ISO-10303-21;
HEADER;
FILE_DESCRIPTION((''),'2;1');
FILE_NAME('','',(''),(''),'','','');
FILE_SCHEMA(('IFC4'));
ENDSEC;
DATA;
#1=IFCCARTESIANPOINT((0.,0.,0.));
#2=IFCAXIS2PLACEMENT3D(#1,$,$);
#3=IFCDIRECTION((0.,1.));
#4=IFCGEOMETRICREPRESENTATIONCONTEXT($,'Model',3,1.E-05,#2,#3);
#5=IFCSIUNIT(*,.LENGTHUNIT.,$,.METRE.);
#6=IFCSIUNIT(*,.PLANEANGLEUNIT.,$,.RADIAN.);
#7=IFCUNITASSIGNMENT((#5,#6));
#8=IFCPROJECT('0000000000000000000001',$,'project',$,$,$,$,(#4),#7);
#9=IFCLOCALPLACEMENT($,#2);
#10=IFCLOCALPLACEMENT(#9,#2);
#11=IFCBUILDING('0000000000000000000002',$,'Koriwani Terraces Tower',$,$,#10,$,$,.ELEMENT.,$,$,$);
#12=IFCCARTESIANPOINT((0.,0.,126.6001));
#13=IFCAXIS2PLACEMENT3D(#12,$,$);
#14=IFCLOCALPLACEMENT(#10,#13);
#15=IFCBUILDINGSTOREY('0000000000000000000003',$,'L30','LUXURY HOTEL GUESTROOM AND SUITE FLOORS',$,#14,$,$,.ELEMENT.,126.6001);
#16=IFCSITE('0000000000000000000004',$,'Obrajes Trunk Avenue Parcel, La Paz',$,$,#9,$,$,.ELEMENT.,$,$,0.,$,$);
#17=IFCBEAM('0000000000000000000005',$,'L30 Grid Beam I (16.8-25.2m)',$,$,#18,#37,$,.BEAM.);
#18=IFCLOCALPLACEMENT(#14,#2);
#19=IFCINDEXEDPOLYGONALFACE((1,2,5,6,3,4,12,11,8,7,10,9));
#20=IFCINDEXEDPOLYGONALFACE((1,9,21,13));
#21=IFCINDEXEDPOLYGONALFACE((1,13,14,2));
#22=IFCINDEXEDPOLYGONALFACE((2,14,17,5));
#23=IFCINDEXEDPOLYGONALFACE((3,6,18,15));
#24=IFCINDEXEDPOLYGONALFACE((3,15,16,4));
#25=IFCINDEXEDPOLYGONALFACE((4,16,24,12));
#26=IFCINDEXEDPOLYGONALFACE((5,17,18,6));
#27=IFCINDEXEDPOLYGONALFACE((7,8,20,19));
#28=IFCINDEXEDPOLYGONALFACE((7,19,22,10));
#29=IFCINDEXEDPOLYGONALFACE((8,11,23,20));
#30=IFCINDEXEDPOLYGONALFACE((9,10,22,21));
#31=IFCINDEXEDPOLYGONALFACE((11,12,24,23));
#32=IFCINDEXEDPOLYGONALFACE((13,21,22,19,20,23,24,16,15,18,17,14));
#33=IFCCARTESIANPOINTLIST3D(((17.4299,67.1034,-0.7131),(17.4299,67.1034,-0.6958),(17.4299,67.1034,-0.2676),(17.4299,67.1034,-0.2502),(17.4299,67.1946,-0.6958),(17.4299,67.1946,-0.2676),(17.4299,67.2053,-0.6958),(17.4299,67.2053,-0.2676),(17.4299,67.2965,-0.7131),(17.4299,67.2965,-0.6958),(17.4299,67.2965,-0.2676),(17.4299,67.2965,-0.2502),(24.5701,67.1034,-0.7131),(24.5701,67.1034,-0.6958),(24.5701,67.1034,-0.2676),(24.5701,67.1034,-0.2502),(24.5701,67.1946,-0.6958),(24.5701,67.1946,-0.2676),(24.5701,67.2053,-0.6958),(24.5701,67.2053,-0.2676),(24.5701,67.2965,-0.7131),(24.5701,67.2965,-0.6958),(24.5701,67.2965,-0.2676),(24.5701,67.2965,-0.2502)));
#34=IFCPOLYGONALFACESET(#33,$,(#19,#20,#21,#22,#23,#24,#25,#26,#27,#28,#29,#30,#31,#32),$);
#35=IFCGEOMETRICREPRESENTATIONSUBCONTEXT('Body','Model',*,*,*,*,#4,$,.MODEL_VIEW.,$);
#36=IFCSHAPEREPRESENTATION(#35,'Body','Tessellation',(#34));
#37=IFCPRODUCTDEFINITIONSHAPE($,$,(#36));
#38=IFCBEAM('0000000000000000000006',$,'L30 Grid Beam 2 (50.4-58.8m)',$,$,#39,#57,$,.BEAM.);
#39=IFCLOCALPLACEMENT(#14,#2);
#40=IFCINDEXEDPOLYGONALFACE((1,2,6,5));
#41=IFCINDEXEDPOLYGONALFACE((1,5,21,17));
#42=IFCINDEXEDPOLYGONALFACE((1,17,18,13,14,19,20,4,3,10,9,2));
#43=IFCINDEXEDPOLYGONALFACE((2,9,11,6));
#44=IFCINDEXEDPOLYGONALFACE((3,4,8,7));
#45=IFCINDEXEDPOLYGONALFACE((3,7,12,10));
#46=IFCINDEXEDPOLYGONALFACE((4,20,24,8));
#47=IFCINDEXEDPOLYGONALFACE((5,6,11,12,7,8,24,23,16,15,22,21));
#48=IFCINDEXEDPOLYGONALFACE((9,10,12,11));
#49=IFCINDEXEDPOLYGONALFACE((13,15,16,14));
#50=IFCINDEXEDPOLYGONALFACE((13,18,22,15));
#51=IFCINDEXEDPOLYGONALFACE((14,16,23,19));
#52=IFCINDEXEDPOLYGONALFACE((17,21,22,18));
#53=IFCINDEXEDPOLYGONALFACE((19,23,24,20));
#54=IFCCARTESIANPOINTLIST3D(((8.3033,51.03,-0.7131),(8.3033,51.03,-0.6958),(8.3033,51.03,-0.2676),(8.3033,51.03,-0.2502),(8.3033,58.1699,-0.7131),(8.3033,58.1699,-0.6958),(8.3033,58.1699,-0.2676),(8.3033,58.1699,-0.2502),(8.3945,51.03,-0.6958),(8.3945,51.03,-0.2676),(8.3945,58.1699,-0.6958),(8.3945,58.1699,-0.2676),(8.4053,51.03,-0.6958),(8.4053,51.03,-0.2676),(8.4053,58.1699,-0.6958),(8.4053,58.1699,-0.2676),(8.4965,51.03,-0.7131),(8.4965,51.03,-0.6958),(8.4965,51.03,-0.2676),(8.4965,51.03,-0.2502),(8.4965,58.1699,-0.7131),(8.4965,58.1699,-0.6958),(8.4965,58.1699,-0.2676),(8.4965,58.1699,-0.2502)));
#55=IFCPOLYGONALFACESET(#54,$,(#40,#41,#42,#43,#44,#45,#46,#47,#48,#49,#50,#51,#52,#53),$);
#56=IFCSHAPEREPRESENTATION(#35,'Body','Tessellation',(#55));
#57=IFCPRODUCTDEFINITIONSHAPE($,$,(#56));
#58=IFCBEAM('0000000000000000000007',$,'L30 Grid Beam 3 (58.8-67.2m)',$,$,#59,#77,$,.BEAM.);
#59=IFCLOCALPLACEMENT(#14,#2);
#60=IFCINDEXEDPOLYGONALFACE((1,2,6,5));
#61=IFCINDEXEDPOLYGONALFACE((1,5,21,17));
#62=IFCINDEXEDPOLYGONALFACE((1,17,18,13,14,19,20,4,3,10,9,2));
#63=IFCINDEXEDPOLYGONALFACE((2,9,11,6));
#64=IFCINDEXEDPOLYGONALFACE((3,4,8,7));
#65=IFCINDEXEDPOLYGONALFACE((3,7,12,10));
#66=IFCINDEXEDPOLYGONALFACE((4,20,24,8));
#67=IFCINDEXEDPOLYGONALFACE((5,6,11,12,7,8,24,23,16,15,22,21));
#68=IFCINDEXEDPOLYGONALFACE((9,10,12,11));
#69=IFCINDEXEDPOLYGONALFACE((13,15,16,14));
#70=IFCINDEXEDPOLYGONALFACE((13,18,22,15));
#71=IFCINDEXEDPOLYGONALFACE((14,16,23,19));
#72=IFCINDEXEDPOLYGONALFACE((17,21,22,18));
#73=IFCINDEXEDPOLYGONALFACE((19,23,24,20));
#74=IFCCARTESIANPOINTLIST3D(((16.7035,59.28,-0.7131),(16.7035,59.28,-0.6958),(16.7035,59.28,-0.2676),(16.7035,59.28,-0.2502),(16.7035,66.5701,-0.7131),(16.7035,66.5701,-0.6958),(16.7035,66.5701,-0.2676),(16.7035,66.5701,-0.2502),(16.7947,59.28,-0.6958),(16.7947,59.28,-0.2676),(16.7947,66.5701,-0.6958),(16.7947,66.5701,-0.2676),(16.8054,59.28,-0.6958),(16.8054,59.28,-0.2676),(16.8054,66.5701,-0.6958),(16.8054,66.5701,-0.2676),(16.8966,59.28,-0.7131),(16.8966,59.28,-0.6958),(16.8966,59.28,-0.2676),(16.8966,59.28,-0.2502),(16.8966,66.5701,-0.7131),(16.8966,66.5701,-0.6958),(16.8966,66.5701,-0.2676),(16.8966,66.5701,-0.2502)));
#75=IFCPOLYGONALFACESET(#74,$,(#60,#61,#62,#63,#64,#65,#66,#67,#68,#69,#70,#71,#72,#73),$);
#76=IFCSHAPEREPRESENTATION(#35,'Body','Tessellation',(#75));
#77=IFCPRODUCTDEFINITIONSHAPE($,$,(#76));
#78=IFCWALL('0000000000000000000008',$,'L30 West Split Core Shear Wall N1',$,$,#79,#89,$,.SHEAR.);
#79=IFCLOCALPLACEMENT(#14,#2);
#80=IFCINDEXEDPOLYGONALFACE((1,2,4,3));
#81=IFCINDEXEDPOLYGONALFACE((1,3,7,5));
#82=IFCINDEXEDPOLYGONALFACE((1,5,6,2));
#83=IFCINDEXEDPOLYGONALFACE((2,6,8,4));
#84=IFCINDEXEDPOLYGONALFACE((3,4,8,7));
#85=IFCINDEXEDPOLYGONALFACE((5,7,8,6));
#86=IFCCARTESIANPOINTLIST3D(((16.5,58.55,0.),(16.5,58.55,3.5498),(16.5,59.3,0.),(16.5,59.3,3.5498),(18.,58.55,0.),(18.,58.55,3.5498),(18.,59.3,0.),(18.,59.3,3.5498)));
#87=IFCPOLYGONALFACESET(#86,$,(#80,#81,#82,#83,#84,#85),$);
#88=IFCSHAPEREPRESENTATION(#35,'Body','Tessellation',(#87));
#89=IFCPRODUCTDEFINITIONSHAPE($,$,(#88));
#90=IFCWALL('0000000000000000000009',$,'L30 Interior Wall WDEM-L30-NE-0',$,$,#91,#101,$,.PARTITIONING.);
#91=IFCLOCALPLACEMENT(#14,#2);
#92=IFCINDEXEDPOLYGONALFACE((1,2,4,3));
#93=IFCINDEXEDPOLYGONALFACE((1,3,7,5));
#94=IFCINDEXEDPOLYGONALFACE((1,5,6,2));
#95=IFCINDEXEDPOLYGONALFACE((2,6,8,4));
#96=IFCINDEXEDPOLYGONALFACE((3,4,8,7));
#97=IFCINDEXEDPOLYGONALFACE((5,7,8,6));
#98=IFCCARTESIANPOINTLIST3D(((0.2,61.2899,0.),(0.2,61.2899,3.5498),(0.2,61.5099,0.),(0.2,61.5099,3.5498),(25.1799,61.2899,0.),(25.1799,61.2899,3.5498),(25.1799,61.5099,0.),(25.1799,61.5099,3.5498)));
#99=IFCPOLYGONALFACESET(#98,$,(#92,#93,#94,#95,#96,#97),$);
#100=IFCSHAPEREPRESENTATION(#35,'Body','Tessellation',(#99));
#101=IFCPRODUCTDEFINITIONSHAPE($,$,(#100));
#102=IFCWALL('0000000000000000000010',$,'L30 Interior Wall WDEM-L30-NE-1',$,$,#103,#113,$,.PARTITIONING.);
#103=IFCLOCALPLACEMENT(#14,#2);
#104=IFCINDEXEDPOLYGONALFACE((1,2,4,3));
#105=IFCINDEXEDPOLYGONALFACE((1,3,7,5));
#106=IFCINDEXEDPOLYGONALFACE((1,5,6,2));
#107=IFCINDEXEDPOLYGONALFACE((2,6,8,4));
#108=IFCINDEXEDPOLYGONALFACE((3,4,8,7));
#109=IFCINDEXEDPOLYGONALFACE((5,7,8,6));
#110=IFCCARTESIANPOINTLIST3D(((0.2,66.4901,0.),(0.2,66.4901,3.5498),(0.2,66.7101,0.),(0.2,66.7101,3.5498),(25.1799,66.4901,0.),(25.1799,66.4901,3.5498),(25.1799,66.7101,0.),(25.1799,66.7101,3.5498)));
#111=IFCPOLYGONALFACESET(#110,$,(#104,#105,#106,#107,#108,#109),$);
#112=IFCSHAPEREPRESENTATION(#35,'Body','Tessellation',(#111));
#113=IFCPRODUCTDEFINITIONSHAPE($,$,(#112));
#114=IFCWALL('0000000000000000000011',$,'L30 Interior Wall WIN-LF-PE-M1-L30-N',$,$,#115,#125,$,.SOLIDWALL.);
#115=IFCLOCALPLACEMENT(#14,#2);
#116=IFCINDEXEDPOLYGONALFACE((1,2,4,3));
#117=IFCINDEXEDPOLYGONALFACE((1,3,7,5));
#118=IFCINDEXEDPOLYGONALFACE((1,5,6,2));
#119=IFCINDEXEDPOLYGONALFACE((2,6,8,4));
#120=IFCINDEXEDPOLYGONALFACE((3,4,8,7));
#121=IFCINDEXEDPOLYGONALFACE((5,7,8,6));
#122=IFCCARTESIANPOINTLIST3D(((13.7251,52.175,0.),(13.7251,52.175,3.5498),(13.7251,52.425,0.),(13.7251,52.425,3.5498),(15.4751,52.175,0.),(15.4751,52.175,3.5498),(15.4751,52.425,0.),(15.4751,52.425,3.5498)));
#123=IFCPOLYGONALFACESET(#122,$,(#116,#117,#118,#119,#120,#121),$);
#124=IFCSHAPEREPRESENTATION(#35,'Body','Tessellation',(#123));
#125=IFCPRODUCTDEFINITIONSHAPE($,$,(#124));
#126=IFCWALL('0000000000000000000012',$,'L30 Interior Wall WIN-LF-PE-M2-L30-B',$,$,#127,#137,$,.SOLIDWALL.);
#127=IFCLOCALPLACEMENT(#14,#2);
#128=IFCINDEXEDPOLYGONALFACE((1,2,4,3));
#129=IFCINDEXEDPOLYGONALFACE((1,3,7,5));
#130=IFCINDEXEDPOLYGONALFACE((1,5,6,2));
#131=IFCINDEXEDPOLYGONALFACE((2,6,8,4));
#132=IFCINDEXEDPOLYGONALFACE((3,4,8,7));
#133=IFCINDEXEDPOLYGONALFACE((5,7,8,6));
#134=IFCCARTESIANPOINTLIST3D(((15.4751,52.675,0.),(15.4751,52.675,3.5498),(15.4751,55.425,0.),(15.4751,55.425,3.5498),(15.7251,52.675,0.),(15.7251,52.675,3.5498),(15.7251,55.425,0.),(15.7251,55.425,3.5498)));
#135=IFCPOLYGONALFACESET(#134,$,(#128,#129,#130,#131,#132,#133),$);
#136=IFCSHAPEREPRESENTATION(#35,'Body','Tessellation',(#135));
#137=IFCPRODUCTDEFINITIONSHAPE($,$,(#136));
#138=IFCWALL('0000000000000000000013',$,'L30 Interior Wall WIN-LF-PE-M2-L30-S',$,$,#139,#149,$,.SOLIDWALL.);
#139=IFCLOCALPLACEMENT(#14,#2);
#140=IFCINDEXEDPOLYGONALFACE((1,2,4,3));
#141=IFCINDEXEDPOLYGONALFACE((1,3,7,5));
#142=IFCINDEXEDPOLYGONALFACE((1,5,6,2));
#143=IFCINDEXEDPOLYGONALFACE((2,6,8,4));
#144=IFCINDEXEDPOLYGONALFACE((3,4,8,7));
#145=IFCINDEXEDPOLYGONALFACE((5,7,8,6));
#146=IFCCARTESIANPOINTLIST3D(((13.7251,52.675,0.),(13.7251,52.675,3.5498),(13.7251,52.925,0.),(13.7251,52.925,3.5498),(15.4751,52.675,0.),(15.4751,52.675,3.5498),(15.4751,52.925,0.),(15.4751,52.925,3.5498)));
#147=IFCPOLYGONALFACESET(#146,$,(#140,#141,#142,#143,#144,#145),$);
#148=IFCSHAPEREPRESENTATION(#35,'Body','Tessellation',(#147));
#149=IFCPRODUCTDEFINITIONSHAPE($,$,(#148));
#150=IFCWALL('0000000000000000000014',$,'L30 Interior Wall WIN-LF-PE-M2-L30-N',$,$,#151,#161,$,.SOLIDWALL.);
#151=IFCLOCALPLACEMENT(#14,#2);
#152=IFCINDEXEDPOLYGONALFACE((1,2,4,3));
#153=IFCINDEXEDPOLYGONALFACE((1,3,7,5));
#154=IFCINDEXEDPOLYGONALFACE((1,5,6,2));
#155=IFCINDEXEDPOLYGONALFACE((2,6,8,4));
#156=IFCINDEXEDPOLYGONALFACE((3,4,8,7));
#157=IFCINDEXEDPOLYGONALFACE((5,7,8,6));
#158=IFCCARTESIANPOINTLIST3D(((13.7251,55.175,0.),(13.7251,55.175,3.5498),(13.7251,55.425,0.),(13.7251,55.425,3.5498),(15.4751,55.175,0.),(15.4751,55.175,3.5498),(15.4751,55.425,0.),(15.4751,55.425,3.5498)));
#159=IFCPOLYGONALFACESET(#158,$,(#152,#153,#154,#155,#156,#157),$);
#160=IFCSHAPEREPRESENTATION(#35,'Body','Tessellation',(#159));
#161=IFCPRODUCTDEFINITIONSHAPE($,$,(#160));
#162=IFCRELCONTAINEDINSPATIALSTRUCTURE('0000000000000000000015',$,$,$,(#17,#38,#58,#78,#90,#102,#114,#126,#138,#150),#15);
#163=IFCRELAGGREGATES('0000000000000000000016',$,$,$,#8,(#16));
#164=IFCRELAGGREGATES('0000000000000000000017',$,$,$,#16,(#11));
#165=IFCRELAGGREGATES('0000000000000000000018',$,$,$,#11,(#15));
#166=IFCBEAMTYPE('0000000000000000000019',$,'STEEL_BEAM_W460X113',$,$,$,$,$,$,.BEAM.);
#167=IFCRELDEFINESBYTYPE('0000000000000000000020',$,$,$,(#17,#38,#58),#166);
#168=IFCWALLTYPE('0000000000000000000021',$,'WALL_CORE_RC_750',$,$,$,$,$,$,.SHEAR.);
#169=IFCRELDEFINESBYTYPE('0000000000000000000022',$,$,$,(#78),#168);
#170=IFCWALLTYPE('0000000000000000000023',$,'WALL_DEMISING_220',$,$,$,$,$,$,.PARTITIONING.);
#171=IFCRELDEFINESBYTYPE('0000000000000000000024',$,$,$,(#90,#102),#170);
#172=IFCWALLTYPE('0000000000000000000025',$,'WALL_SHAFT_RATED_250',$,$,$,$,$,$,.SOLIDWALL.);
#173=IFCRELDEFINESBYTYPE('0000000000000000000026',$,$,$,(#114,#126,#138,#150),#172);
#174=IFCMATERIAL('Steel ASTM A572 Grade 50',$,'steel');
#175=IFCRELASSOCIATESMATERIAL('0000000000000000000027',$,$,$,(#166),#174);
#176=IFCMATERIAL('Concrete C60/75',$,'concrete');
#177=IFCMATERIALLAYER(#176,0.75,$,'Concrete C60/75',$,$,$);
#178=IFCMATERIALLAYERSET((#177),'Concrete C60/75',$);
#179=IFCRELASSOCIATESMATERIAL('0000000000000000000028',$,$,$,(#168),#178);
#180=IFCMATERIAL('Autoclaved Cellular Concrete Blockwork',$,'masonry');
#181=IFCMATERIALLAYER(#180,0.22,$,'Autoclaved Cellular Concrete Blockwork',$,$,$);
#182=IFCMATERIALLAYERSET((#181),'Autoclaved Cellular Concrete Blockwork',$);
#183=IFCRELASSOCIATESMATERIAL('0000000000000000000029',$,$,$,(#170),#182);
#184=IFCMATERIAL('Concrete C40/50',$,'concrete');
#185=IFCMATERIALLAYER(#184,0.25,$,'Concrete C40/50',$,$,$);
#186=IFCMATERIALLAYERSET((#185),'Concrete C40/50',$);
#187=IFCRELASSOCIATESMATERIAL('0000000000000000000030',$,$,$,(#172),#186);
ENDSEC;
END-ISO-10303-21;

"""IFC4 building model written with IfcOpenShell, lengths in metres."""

from ifc_helpers import new_model, si_unit, direction, frame, frame_2d, origin, origin_2d, place, context, subcontext, project, spatial, rectangle, i_section, extrude, material, layer, layer_set, material_profile, profile_set, type_object, element, save


model = new_model("IFC4")

# Units and contexts
model_context = context("Model", 3, precision=1e-05, world=origin(), true_north=direction((0.0, 1.0)))
body_context = subcontext(model_context, "Body", "Model", "MODEL_VIEW")
ifc_project = project(units=[si_unit("LENGTHUNIT", "METRE"), si_unit("PLANEANGLEUNIT", "RADIAN")], contexts=[model_context])

# Site, building, storey
site_placement = place(None, origin())
site = spatial("IfcSite", under=ifc_project, at=site_placement, Name="Obrajes Trunk Avenue Parcel, La Paz", CompositionType="ELEMENT", RefElevation=0.0)
building_placement = place(site_placement, origin())
building = spatial("IfcBuilding", under=site, at=building_placement, Name="Koriwani Terraces Tower", CompositionType="ELEMENT")
storey_placement = place(building_placement, frame((0.0, 0.0, 126.6001)))
storey = spatial("IfcBuildingStorey", under=building, at=storey_placement, Name="L30", Description="LUXURY HOTEL GUESTROOM AND SUITE FLOORS", CompositionType="ELEMENT", Elevation=126.6001)

# Shared definitions
ifc_material_1 = material(Name="Concrete C60/75", Category="concrete")

# Beams
ifc_material_2 = material(Name="Concrete C40/50", Category="concrete")
ifc_material_3 = material(Name="Steel ASTM A572 Grade 50", Category="steel")
ifc_material_profile_1 = material_profile(ifc_material_3, i_section(OverallWidth=0.1931, OverallDepth=0.4629, WebThickness=0.0107, FlangeThickness=0.0173, at=origin_2d()), Name="Steel ASTM A572 Grade 50", Category="LoadBearing")
ifc_profile_set_1 = profile_set([ifc_material_profile_1], Name="Steel ASTM A572 Grade 50")
beam_type_1 = type_object("IfcBeamType", Name="STEEL_BEAM_W460X113", PredefinedType="BEAM", material=ifc_profile_set_1)
for number, where, z_axis, x_axis, name in (
    (1, (17.4299, 67.2, -0.4817), (1.0, 0.0, 0.0), (0.0, 1.0, 0.0), "L30 Grid Beam I (16.8-25.2m)"),
):
    element("IfcBeam", number, at=place(storey_placement, frame(where, z_axis=z_axis, x_axis=x_axis)), inside=storey, type_object=beam_type_1, Name=name, PredefinedType="BEAM", context=body_context, shape_type="SweptSolid", body=[
        extrude(i_section(OverallWidth=0.1931, OverallDepth=0.4629, WebThickness=0.0107, FlangeThickness=0.0173, at=origin_2d()), origin(), (0.0, 0.0, 1.0), 7.1401),
    ])
beam_1_placement = place(storey_placement, frame((8.3999, 51.03, -0.4817), z_axis=(0.0, 1.0, 0.0), x_axis=(-1.0, 0.0, 0.0)))
element("IfcBeam", 2, at=beam_1_placement, inside=storey, type_object=beam_type_1, Name="L30 Grid Beam 2 (50.4-58.8m)", PredefinedType="BEAM", context=body_context, shape_type="SweptSolid", body=[
    extrude(i_section(OverallWidth=0.1931, OverallDepth=0.4629, WebThickness=0.0107, FlangeThickness=0.0173, at=origin_2d()), origin(), (0.0, 0.0, 1.0), 7.1399),
])
beam_2_placement = place(storey_placement, frame((16.8, 59.28, -0.4817), z_axis=(0.0, 1.0, 0.0), x_axis=(-1.0, 0.0, 0.0)))
element("IfcBeam", 3, at=beam_2_placement, inside=storey, type_object=beam_type_1, Name="L30 Grid Beam 3 (58.8-67.2m)", PredefinedType="BEAM", context=body_context, shape_type="SweptSolid", body=[
    extrude(i_section(OverallWidth=0.1931, OverallDepth=0.4629, WebThickness=0.0107, FlangeThickness=0.0173, at=origin_2d()), origin(), (0.0, 0.0, 1.0), 7.29),
])

# Walls
ifc_layer_1 = layer(ifc_material_1, 0.75, Name="Concrete C60/75")
ifc_layer_set_1 = layer_set([ifc_layer_1], Name="Concrete C60/75")
wall_type_1 = type_object("IfcWallType", Name="WALL_CORE_RC_750", PredefinedType="SHEAR", material=ifc_layer_set_1)
wall_1_placement = place(storey_placement, frame((16.5, 58.925, 0.0), z_axis=(0.0, 0.0, 1.0), x_axis=(1.0, 0.0, 0.0)))
element("IfcWall", 4, at=wall_1_placement, inside=storey, type_object=wall_type_1, Name="L30 West Split Core Shear Wall N1", PredefinedType="SHEAR", context=body_context, shape_type="SweptSolid", body=[
    extrude(rectangle(XDim=1.5, YDim=0.75, at=frame_2d((0.75, 0.0))), origin(), (0.0, 0.0, 1.0), 3.5498),
])
ifc_material_4 = material(Name="Autoclaved Cellular Concrete Blockwork", Category="masonry")
ifc_layer_2 = layer(ifc_material_4, 0.22, Name="Autoclaved Cellular Concrete Blockwork")
ifc_layer_set_2 = layer_set([ifc_layer_2], Name="Autoclaved Cellular Concrete Blockwork")
wall_type_2 = type_object("IfcWallType", Name="WALL_DEMISING_220", PredefinedType="PARTITIONING", material=ifc_layer_set_2)
for number, where, z_axis, x_axis, name in (
    (5, (0.2, 61.3999, 0.0), (0.0, 0.0, 1.0), (1.0, 0.0, 0.0), "L30 Interior Wall WDEM-L30-NE-0"),
    (6, (0.2, 66.6001, 0.0), (0.0, 0.0, 1.0), (1.0, 0.0, 0.0), "L30 Interior Wall WDEM-L30-NE-1"),
):
    element("IfcWall", number, at=place(storey_placement, frame(where, z_axis=z_axis, x_axis=x_axis)), inside=storey, type_object=wall_type_2, Name=name, PredefinedType="PARTITIONING", context=body_context, shape_type="SweptSolid", body=[
        extrude(rectangle(XDim=24.98, YDim=0.22, at=frame_2d((12.49, 0.0))), origin(), (0.0, 0.0, 1.0), 3.5498),
    ])
ifc_layer_3 = layer(ifc_material_2, 0.25, Name="Concrete C40/50")
ifc_layer_set_3 = layer_set([ifc_layer_3], Name="Concrete C40/50")
wall_type_3 = type_object("IfcWallType", Name="WALL_SHAFT_RATED_250", PredefinedType="SOLIDWALL", material=ifc_layer_set_3)
wall_2_placement = place(storey_placement, frame((13.7251, 52.3, 0.0), z_axis=(0.0, 0.0, 1.0), x_axis=(1.0, 0.0, 0.0)))
element("IfcWall", 7, at=wall_2_placement, inside=storey, type_object=wall_type_3, Name="L30 Interior Wall WIN-LF-PE-M1-L30-N", PredefinedType="SOLIDWALL", context=body_context, shape_type="SweptSolid", body=[
    extrude(rectangle(XDim=1.75, YDim=0.25, at=frame_2d((0.875, 0.0))), origin(), (0.0, 0.0, 1.0), 3.5498),
])

# Walls
wall_3_placement = place(storey_placement, frame((15.6001, 52.675, 0.0), z_axis=(0.0, 0.0, 1.0), x_axis=(0.0, 1.0, 0.0)))
element("IfcWall", 8, at=wall_3_placement, inside=storey, type_object=wall_type_3, Name="L30 Interior Wall WIN-LF-PE-M2-L30-B", PredefinedType="SOLIDWALL", context=body_context, shape_type="SweptSolid", body=[
    extrude(rectangle(XDim=2.75, YDim=0.25, at=frame_2d((1.375, 0.0))), origin(), (0.0, 0.0, 1.0), 3.5498),
])
for number, where, z_axis, x_axis, name in (
    (9, (13.7251, 52.8, 0.0), (0.0, 0.0, 1.0), (1.0, 0.0, 0.0), "L30 Interior Wall WIN-LF-PE-M2-L30-S"),
    (10, (13.7251, 55.3, 0.0), (0.0, 0.0, 1.0), (1.0, 0.0, 0.0), "L30 Interior Wall WIN-LF-PE-M2-L30-N"),
):
    element("IfcWall", number, at=place(storey_placement, frame(where, z_axis=z_axis, x_axis=x_axis)), inside=storey, type_object=wall_type_3, Name=name, PredefinedType="SOLIDWALL", context=body_context, shape_type="SweptSolid", body=[
        extrude(rectangle(XDim=1.75, YDim=0.25, at=frame_2d((0.875, 0.0))), origin(), (0.0, 0.0, 1.0), 3.5498),
    ])

save(model, "model.ifc")
